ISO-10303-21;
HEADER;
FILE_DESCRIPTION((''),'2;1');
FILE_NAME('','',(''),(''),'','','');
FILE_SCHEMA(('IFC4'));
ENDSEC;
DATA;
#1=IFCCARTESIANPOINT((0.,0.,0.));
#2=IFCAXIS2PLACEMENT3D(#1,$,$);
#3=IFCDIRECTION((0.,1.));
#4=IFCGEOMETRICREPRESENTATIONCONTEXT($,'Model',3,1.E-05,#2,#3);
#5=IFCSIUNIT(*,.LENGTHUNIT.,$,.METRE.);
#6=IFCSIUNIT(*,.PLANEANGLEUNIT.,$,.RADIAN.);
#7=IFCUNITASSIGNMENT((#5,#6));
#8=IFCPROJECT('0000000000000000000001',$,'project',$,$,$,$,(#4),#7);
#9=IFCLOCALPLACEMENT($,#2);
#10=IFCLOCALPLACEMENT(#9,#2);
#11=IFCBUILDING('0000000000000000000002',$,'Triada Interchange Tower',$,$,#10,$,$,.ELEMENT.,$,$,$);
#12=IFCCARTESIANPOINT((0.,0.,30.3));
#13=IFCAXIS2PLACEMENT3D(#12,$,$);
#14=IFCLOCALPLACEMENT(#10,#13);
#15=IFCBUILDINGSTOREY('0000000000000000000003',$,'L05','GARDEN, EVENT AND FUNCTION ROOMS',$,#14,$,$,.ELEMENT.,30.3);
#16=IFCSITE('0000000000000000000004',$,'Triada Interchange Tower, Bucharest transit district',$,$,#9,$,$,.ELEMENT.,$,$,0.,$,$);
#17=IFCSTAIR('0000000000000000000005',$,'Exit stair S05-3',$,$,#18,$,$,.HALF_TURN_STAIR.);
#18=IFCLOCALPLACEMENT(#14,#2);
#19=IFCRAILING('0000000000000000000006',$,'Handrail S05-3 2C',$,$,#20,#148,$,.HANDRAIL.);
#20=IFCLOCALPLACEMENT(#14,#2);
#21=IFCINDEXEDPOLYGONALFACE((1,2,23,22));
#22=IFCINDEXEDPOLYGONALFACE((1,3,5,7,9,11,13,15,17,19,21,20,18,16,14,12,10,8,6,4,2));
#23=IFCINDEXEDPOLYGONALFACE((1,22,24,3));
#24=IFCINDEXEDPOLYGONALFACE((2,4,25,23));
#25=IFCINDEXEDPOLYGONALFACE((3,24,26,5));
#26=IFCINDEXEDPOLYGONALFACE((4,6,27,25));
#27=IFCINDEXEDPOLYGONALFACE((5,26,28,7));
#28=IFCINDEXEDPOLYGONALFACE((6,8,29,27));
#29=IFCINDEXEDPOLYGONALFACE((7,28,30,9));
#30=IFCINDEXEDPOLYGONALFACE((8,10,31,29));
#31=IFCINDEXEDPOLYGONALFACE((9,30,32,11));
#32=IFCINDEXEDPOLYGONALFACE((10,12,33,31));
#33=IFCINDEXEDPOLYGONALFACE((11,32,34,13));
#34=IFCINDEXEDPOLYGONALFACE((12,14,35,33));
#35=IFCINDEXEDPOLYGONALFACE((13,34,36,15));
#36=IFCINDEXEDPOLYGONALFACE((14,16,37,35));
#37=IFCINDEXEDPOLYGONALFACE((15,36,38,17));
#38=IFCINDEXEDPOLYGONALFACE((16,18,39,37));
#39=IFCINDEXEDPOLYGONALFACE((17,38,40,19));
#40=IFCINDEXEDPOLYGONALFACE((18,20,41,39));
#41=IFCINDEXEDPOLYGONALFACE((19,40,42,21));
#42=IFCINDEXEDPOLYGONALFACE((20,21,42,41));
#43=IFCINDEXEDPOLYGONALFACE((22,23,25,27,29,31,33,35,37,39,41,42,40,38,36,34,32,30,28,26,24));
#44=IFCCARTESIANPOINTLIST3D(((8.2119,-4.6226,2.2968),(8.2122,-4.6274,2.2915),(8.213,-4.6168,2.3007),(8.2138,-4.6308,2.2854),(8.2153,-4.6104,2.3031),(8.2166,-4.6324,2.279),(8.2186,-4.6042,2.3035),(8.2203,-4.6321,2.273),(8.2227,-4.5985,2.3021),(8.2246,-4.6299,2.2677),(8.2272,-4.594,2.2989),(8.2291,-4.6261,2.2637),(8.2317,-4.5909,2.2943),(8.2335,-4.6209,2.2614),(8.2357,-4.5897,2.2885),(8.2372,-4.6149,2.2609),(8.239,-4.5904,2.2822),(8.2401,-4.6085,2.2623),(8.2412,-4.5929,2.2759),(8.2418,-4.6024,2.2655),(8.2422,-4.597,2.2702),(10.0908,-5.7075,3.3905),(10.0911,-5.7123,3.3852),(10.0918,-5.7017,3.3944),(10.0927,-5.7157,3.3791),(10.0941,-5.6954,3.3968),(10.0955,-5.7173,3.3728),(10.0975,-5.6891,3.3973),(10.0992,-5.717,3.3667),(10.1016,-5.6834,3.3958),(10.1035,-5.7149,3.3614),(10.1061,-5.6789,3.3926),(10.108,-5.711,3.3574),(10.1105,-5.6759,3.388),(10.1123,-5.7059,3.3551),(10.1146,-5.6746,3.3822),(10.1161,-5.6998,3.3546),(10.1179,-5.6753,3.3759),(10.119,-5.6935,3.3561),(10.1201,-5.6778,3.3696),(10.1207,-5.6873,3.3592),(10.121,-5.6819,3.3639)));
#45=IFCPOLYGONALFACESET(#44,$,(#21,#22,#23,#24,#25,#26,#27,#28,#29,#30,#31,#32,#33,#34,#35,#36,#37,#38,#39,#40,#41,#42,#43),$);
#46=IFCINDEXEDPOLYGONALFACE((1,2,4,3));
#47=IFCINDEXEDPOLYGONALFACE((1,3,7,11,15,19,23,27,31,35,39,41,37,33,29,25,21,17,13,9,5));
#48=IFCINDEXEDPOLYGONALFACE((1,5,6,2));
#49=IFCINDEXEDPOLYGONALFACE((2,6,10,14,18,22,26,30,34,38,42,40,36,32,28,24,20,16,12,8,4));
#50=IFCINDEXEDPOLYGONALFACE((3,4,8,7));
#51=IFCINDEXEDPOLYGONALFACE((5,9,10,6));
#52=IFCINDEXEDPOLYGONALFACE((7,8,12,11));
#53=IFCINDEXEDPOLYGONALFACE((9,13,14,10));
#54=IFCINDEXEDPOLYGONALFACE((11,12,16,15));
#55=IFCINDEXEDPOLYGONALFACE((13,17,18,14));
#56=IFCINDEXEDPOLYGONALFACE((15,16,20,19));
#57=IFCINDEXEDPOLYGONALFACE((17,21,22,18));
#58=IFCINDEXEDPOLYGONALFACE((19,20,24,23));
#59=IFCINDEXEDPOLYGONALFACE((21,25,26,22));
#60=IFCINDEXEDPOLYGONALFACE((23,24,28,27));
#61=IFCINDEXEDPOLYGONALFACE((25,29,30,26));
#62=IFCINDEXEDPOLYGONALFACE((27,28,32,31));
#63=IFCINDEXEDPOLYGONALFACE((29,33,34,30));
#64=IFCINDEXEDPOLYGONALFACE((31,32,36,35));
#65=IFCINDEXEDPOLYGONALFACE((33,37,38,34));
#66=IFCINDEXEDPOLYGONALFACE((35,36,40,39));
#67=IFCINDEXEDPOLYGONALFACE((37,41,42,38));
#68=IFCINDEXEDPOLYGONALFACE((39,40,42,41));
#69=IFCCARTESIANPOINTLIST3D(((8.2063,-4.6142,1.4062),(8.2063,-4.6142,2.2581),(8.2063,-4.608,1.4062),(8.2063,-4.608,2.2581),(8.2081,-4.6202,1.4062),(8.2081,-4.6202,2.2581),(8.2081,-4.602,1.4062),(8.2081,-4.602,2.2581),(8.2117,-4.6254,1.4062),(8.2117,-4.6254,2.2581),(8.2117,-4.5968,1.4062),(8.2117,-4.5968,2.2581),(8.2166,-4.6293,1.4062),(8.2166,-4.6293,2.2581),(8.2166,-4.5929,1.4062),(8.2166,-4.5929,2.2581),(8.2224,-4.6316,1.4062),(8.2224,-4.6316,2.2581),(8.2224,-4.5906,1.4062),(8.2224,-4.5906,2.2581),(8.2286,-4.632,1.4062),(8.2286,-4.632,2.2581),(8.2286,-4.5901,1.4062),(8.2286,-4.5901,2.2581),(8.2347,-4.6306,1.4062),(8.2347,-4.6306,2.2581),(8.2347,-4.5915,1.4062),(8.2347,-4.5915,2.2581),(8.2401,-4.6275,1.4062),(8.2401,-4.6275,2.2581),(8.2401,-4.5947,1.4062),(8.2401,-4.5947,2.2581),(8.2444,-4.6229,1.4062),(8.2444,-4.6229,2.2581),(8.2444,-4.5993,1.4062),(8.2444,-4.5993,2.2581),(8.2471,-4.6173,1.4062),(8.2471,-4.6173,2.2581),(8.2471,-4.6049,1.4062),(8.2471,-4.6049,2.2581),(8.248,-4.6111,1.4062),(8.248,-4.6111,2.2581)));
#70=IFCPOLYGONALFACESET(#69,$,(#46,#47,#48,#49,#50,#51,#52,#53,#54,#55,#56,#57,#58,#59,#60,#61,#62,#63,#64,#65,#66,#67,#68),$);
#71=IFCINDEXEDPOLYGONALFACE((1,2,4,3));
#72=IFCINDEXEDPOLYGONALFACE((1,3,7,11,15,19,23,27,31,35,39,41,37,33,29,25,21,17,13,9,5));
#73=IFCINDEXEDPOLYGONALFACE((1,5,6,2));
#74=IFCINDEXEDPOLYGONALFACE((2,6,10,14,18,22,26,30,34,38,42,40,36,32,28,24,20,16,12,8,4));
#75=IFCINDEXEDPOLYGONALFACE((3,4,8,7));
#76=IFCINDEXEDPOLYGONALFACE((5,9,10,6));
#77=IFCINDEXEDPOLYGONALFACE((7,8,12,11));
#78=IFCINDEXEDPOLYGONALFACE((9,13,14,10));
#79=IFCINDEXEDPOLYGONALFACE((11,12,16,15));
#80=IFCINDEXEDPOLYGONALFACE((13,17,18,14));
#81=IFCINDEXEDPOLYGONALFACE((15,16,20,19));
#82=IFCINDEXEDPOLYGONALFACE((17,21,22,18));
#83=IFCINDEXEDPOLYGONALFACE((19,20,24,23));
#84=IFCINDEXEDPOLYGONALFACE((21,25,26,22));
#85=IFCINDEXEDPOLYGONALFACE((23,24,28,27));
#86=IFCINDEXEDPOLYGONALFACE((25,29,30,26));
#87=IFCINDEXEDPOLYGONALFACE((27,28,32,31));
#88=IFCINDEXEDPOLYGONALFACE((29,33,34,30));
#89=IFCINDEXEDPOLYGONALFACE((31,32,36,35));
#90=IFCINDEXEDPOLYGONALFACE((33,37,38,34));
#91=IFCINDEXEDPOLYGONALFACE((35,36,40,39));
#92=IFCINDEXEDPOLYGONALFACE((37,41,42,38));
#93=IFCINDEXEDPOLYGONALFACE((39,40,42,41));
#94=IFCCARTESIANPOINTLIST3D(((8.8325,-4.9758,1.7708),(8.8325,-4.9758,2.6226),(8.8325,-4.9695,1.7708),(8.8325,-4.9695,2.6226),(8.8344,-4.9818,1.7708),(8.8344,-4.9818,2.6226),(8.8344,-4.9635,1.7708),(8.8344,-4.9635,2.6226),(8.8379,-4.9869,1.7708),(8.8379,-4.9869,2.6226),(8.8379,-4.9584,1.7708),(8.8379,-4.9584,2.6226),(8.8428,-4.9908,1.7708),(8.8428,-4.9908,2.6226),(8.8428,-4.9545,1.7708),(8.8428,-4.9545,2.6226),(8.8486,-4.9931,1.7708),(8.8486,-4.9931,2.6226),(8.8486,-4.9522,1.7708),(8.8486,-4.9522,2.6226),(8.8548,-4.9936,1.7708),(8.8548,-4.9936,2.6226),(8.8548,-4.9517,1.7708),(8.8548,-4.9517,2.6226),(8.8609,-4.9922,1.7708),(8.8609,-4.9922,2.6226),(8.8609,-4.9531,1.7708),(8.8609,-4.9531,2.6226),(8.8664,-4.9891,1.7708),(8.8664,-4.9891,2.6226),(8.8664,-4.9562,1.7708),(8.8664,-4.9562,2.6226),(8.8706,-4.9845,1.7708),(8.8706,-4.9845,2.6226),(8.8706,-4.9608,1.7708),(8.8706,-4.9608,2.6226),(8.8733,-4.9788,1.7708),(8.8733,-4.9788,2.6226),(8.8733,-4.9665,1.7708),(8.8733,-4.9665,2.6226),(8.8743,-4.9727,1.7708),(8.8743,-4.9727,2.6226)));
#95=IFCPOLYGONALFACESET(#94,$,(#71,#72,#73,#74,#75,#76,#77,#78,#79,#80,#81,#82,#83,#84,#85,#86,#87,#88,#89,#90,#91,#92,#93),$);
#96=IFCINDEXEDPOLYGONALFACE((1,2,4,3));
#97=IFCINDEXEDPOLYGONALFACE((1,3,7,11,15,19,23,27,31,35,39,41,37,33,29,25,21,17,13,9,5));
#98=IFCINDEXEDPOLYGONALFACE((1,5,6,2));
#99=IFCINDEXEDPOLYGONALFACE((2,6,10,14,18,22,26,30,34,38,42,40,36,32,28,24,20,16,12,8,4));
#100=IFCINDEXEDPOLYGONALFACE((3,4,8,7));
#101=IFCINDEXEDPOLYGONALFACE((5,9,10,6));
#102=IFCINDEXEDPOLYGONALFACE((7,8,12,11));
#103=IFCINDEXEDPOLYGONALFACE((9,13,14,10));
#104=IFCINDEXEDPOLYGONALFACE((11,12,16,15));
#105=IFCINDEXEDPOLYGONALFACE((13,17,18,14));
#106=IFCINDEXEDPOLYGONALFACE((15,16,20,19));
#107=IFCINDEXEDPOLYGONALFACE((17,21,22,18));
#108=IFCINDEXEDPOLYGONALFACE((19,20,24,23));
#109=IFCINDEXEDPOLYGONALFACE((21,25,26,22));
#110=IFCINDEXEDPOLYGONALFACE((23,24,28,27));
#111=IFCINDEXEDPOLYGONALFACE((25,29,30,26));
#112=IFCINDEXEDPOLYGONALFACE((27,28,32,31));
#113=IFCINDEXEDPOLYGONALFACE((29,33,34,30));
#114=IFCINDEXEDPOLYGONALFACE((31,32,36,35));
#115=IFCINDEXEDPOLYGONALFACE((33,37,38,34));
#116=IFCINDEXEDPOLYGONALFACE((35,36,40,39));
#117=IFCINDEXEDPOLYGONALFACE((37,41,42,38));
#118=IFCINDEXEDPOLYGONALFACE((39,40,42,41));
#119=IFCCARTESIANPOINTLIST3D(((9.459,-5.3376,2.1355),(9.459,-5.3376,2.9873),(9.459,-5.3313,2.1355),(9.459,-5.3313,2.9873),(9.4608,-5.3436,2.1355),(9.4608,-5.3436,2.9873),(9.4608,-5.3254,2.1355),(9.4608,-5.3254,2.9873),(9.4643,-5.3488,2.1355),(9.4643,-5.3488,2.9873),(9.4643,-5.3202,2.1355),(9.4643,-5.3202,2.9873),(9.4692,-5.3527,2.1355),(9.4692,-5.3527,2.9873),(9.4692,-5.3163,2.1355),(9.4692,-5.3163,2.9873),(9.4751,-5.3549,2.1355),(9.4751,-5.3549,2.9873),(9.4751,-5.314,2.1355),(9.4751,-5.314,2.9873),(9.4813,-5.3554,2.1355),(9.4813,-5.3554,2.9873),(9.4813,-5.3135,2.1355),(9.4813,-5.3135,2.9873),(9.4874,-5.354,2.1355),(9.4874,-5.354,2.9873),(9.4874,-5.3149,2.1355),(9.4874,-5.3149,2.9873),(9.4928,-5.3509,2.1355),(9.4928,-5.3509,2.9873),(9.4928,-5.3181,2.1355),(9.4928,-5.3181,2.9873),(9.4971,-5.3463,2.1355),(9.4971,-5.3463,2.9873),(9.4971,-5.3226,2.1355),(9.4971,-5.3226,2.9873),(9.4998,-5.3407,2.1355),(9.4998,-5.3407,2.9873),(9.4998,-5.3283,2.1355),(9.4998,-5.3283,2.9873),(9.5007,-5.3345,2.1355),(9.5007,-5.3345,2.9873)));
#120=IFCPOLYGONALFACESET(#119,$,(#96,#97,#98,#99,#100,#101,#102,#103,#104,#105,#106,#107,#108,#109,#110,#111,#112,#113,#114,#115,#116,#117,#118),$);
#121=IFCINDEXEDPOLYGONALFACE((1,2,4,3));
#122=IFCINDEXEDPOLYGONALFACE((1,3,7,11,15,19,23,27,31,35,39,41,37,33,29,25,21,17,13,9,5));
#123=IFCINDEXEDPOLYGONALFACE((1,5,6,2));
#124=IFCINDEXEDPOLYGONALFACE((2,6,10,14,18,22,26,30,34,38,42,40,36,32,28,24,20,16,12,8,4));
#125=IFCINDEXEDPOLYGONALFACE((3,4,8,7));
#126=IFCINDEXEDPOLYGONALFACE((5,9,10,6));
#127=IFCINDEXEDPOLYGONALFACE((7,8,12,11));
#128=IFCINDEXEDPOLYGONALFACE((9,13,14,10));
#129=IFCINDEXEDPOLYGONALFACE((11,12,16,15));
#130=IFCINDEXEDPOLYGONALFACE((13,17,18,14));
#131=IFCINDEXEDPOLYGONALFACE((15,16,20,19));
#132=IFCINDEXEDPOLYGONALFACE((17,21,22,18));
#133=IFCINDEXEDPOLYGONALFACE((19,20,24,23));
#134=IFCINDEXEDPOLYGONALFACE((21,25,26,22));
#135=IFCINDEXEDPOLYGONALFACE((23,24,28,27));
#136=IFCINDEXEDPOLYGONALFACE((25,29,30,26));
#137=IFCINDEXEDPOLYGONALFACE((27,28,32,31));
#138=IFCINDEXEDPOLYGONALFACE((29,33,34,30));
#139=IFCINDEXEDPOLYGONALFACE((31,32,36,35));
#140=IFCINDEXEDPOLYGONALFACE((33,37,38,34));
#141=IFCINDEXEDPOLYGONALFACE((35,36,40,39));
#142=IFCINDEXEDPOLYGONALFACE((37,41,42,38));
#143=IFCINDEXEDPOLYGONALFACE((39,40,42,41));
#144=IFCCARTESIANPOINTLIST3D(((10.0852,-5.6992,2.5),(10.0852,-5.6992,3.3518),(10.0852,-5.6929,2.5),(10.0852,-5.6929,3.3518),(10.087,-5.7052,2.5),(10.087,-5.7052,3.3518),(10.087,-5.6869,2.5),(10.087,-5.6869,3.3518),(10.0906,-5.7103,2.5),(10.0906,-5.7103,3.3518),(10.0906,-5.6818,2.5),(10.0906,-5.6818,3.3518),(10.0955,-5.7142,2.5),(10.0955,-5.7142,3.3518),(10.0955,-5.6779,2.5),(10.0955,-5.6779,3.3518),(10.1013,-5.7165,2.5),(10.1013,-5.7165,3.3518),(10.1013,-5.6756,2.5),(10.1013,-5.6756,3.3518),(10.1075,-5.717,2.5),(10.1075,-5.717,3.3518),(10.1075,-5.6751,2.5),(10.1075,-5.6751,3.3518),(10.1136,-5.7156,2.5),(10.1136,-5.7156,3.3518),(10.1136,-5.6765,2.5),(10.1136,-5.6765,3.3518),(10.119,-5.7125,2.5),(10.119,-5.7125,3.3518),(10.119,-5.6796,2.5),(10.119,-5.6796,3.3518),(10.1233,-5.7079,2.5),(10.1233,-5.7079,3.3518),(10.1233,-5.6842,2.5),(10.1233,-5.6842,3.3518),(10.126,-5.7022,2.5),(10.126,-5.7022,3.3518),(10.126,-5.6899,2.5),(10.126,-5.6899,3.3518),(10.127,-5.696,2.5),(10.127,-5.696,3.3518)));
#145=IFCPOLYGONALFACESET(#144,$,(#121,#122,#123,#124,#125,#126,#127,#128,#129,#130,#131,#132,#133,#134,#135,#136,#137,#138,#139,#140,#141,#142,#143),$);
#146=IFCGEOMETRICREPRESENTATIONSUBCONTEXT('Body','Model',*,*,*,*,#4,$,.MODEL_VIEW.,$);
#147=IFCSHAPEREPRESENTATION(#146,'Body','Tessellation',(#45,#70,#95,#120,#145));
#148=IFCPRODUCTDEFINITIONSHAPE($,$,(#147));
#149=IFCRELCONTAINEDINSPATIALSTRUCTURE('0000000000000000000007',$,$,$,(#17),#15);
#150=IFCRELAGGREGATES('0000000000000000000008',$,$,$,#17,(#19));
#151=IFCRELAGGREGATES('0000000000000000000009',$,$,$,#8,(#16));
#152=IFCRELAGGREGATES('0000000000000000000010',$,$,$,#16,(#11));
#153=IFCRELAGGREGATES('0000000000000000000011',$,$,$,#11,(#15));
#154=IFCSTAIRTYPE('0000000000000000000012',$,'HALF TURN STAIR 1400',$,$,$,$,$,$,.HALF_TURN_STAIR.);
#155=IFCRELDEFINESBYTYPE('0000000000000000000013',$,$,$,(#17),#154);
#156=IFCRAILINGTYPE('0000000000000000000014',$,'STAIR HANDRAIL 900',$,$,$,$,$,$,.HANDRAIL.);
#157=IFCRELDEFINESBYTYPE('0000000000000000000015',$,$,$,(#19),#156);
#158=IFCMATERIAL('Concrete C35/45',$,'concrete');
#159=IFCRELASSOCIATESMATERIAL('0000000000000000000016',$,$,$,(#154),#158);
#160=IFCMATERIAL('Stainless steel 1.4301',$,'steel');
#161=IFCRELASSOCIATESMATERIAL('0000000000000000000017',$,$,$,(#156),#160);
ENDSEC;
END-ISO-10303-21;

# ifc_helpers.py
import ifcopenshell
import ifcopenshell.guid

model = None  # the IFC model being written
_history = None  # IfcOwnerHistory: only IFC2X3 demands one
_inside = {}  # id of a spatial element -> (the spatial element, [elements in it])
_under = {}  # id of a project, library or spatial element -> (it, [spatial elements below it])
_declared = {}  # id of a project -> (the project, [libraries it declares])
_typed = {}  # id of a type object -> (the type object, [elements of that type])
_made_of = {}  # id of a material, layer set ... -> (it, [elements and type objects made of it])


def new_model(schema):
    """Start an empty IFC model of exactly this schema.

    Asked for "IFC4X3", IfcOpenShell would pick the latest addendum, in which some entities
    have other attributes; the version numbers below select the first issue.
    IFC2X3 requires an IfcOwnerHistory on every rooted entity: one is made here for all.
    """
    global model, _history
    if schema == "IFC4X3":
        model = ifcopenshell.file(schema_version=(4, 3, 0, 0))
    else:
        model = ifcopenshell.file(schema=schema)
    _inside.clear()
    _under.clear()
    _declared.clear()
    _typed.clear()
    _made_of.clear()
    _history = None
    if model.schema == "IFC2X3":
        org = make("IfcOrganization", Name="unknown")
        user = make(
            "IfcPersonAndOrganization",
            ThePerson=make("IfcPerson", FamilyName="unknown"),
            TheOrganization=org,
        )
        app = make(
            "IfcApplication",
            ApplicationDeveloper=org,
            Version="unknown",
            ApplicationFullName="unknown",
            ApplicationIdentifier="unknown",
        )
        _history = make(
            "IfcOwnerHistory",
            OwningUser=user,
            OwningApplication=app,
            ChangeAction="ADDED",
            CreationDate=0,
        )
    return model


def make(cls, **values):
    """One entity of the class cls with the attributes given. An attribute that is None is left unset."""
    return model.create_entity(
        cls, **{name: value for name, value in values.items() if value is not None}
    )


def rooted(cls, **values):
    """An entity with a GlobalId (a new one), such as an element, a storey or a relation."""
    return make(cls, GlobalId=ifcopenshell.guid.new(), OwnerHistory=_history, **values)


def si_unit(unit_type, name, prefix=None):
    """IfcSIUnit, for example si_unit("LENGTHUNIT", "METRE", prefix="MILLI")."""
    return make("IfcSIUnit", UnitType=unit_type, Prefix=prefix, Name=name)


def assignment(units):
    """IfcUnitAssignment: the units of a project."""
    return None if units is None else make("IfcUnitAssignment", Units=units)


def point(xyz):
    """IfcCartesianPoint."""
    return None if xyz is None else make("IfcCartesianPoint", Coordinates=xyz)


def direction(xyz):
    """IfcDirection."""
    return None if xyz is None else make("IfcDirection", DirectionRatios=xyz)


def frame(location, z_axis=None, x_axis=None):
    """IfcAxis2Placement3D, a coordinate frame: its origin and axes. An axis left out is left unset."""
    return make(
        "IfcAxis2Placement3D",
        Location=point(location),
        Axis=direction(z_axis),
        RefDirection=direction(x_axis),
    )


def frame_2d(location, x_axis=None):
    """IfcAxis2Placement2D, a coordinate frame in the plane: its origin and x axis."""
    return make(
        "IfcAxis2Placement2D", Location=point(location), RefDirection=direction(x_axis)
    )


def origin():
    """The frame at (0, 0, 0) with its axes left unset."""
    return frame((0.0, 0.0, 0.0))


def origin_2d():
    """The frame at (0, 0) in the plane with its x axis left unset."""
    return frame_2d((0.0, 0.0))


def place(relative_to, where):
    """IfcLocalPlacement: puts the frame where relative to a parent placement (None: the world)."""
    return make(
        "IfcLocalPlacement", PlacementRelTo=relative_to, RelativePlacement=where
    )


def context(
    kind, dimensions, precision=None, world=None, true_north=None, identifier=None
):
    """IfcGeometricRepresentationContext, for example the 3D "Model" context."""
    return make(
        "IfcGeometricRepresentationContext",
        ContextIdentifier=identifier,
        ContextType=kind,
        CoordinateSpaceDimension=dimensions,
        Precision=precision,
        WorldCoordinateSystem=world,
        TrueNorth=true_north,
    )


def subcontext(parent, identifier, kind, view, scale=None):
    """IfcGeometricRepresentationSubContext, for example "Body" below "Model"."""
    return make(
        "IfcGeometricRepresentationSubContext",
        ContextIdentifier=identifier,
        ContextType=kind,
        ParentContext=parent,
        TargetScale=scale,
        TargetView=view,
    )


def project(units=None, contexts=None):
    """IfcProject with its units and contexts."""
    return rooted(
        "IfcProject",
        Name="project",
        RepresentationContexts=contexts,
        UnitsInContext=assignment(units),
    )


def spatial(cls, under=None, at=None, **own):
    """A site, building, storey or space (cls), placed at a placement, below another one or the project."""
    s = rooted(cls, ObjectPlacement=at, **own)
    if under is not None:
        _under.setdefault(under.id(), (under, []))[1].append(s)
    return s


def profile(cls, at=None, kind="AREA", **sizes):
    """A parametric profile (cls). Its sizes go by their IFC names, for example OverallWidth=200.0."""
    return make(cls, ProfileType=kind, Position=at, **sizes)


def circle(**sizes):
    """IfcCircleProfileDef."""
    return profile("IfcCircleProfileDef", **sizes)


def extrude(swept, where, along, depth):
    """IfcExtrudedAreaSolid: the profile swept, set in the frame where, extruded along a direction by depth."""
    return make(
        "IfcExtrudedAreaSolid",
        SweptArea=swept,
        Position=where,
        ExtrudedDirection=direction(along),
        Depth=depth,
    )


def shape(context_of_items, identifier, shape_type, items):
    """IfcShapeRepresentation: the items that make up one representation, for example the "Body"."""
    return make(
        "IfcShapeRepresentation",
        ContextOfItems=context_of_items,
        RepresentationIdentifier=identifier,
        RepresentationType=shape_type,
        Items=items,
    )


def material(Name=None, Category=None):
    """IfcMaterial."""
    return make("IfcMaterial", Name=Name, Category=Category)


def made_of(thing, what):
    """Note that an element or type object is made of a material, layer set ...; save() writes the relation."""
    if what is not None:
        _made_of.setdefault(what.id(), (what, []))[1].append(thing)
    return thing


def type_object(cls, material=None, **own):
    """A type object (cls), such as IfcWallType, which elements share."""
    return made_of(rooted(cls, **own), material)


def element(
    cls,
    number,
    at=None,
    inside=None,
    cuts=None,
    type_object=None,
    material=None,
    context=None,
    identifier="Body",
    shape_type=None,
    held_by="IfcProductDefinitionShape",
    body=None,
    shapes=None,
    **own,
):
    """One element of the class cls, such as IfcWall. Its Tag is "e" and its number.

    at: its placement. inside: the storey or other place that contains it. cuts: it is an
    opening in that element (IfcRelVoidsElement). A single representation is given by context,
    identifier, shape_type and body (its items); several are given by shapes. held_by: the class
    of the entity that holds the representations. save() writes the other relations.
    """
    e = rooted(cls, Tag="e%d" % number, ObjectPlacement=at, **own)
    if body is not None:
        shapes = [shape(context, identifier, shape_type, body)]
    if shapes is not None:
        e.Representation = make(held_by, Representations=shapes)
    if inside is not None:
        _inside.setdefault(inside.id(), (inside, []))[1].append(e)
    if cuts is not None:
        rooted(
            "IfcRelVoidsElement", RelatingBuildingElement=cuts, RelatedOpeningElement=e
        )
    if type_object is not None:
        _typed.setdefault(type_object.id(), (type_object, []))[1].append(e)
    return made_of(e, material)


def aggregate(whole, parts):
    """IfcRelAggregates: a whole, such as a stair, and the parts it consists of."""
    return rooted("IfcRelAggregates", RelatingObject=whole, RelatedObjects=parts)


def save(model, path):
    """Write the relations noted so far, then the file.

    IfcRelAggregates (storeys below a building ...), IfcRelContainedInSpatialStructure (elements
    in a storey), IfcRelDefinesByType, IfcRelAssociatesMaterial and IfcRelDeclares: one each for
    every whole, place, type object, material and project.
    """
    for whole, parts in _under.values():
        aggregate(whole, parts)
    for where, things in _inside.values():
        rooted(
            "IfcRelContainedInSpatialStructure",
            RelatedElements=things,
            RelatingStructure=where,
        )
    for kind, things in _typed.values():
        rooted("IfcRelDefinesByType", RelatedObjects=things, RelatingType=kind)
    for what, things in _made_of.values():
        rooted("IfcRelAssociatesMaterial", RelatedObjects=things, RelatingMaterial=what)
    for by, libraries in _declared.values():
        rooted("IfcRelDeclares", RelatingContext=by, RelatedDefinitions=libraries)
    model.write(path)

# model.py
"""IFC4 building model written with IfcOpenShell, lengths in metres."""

from ifc_helpers import new_model, si_unit, direction, frame, origin, origin_2d, place, context, subcontext, project, spatial, circle, extrude, material, type_object, element, aggregate, save


model = new_model("IFC4")

# Units and contexts
model_context = context("Model", 3, precision=1e-05, world=origin(), true_north=direction((0.0, 1.0)))
body_context = subcontext(model_context, "Body", "Model", "MODEL_VIEW")
ifc_project = project(units=[si_unit("LENGTHUNIT", "METRE"), si_unit("PLANEANGLEUNIT", "RADIAN")], contexts=[model_context])

# Site, building, storey
site_placement = place(None, origin())
site = spatial("IfcSite", under=ifc_project, at=site_placement, Name="Triada Interchange Tower, Bucharest transit district", CompositionType="ELEMENT", RefElevation=0.0)
building_placement = place(site_placement, origin())
building = spatial("IfcBuilding", under=site, at=building_placement, Name="Triada Interchange Tower", CompositionType="ELEMENT")
storey_placement = place(building_placement, frame((0.0, 0.0, 30.3)))
storey = spatial("IfcBuildingStorey", under=building, at=storey_placement, Name="L05", Description="GARDEN, EVENT AND FUNCTION ROOMS", CompositionType="ELEMENT", Elevation=30.3)

# Stair, railing
ifc_material_1 = material(Name="Concrete C35/45", Category="concrete")
stair_type = type_object("IfcStairType", Name="HALF TURN STAIR 1400", PredefinedType="HALF_TURN_STAIR", material=ifc_material_1)
stair_placement = place(storey_placement, origin())
stair = element("IfcStair", 1, at=stair_placement, inside=storey, type_object=stair_type, Name="Exit stair S05-3", PredefinedType="HALF_TURN_STAIR")
ifc_material_2 = material(Name="Stainless steel 1.4301", Category="steel")
railing_type = type_object("IfcRailingType", Name="STAIR HANDRAIL 900", PredefinedType="HANDRAIL", material=ifc_material_2)
railing_1_placement = place(storey_placement, frame((8.2271, -4.6111, 1.4062)))
railing_1 = element("IfcRailing", 2, at=railing_1_placement, type_object=railing_type, Name="Handrail S05-3 2C", PredefinedType="HANDRAIL", context=body_context, shape_type="SweptSolid", body=[
    extrude(circle(Radius=0.0239, at=origin_2d()), frame((0.0, 0.0, 0.876), z_axis=(0.77329, -0.446531, 0.450148), x_axis=(0.50006, 0.865991, 0.0)), (0.0, 0.0, 1.0), 2.4297),
    extrude(circle(Radius=0.021, at=origin_2d()), origin(), (0.0, 0.0, 1.0), 0.8518),
    extrude(circle(Radius=0.021, at=origin_2d()), frame((0.6262, -0.3616, 0.3645)), (0.0, 0.0, 1.0), 0.8518),
    extrude(circle(Radius=0.021, at=origin_2d()), frame((1.2527, -0.7234, 0.7292)), (0.0, 0.0, 1.0), 0.8518),
    extrude(circle(Radius=0.021, at=origin_2d()), frame((1.8789, -1.085, 1.0938)), (0.0, 0.0, 1.0), 0.8518),
])
aggregate(stair, [railing_1])

save(model, "model.ifc")
